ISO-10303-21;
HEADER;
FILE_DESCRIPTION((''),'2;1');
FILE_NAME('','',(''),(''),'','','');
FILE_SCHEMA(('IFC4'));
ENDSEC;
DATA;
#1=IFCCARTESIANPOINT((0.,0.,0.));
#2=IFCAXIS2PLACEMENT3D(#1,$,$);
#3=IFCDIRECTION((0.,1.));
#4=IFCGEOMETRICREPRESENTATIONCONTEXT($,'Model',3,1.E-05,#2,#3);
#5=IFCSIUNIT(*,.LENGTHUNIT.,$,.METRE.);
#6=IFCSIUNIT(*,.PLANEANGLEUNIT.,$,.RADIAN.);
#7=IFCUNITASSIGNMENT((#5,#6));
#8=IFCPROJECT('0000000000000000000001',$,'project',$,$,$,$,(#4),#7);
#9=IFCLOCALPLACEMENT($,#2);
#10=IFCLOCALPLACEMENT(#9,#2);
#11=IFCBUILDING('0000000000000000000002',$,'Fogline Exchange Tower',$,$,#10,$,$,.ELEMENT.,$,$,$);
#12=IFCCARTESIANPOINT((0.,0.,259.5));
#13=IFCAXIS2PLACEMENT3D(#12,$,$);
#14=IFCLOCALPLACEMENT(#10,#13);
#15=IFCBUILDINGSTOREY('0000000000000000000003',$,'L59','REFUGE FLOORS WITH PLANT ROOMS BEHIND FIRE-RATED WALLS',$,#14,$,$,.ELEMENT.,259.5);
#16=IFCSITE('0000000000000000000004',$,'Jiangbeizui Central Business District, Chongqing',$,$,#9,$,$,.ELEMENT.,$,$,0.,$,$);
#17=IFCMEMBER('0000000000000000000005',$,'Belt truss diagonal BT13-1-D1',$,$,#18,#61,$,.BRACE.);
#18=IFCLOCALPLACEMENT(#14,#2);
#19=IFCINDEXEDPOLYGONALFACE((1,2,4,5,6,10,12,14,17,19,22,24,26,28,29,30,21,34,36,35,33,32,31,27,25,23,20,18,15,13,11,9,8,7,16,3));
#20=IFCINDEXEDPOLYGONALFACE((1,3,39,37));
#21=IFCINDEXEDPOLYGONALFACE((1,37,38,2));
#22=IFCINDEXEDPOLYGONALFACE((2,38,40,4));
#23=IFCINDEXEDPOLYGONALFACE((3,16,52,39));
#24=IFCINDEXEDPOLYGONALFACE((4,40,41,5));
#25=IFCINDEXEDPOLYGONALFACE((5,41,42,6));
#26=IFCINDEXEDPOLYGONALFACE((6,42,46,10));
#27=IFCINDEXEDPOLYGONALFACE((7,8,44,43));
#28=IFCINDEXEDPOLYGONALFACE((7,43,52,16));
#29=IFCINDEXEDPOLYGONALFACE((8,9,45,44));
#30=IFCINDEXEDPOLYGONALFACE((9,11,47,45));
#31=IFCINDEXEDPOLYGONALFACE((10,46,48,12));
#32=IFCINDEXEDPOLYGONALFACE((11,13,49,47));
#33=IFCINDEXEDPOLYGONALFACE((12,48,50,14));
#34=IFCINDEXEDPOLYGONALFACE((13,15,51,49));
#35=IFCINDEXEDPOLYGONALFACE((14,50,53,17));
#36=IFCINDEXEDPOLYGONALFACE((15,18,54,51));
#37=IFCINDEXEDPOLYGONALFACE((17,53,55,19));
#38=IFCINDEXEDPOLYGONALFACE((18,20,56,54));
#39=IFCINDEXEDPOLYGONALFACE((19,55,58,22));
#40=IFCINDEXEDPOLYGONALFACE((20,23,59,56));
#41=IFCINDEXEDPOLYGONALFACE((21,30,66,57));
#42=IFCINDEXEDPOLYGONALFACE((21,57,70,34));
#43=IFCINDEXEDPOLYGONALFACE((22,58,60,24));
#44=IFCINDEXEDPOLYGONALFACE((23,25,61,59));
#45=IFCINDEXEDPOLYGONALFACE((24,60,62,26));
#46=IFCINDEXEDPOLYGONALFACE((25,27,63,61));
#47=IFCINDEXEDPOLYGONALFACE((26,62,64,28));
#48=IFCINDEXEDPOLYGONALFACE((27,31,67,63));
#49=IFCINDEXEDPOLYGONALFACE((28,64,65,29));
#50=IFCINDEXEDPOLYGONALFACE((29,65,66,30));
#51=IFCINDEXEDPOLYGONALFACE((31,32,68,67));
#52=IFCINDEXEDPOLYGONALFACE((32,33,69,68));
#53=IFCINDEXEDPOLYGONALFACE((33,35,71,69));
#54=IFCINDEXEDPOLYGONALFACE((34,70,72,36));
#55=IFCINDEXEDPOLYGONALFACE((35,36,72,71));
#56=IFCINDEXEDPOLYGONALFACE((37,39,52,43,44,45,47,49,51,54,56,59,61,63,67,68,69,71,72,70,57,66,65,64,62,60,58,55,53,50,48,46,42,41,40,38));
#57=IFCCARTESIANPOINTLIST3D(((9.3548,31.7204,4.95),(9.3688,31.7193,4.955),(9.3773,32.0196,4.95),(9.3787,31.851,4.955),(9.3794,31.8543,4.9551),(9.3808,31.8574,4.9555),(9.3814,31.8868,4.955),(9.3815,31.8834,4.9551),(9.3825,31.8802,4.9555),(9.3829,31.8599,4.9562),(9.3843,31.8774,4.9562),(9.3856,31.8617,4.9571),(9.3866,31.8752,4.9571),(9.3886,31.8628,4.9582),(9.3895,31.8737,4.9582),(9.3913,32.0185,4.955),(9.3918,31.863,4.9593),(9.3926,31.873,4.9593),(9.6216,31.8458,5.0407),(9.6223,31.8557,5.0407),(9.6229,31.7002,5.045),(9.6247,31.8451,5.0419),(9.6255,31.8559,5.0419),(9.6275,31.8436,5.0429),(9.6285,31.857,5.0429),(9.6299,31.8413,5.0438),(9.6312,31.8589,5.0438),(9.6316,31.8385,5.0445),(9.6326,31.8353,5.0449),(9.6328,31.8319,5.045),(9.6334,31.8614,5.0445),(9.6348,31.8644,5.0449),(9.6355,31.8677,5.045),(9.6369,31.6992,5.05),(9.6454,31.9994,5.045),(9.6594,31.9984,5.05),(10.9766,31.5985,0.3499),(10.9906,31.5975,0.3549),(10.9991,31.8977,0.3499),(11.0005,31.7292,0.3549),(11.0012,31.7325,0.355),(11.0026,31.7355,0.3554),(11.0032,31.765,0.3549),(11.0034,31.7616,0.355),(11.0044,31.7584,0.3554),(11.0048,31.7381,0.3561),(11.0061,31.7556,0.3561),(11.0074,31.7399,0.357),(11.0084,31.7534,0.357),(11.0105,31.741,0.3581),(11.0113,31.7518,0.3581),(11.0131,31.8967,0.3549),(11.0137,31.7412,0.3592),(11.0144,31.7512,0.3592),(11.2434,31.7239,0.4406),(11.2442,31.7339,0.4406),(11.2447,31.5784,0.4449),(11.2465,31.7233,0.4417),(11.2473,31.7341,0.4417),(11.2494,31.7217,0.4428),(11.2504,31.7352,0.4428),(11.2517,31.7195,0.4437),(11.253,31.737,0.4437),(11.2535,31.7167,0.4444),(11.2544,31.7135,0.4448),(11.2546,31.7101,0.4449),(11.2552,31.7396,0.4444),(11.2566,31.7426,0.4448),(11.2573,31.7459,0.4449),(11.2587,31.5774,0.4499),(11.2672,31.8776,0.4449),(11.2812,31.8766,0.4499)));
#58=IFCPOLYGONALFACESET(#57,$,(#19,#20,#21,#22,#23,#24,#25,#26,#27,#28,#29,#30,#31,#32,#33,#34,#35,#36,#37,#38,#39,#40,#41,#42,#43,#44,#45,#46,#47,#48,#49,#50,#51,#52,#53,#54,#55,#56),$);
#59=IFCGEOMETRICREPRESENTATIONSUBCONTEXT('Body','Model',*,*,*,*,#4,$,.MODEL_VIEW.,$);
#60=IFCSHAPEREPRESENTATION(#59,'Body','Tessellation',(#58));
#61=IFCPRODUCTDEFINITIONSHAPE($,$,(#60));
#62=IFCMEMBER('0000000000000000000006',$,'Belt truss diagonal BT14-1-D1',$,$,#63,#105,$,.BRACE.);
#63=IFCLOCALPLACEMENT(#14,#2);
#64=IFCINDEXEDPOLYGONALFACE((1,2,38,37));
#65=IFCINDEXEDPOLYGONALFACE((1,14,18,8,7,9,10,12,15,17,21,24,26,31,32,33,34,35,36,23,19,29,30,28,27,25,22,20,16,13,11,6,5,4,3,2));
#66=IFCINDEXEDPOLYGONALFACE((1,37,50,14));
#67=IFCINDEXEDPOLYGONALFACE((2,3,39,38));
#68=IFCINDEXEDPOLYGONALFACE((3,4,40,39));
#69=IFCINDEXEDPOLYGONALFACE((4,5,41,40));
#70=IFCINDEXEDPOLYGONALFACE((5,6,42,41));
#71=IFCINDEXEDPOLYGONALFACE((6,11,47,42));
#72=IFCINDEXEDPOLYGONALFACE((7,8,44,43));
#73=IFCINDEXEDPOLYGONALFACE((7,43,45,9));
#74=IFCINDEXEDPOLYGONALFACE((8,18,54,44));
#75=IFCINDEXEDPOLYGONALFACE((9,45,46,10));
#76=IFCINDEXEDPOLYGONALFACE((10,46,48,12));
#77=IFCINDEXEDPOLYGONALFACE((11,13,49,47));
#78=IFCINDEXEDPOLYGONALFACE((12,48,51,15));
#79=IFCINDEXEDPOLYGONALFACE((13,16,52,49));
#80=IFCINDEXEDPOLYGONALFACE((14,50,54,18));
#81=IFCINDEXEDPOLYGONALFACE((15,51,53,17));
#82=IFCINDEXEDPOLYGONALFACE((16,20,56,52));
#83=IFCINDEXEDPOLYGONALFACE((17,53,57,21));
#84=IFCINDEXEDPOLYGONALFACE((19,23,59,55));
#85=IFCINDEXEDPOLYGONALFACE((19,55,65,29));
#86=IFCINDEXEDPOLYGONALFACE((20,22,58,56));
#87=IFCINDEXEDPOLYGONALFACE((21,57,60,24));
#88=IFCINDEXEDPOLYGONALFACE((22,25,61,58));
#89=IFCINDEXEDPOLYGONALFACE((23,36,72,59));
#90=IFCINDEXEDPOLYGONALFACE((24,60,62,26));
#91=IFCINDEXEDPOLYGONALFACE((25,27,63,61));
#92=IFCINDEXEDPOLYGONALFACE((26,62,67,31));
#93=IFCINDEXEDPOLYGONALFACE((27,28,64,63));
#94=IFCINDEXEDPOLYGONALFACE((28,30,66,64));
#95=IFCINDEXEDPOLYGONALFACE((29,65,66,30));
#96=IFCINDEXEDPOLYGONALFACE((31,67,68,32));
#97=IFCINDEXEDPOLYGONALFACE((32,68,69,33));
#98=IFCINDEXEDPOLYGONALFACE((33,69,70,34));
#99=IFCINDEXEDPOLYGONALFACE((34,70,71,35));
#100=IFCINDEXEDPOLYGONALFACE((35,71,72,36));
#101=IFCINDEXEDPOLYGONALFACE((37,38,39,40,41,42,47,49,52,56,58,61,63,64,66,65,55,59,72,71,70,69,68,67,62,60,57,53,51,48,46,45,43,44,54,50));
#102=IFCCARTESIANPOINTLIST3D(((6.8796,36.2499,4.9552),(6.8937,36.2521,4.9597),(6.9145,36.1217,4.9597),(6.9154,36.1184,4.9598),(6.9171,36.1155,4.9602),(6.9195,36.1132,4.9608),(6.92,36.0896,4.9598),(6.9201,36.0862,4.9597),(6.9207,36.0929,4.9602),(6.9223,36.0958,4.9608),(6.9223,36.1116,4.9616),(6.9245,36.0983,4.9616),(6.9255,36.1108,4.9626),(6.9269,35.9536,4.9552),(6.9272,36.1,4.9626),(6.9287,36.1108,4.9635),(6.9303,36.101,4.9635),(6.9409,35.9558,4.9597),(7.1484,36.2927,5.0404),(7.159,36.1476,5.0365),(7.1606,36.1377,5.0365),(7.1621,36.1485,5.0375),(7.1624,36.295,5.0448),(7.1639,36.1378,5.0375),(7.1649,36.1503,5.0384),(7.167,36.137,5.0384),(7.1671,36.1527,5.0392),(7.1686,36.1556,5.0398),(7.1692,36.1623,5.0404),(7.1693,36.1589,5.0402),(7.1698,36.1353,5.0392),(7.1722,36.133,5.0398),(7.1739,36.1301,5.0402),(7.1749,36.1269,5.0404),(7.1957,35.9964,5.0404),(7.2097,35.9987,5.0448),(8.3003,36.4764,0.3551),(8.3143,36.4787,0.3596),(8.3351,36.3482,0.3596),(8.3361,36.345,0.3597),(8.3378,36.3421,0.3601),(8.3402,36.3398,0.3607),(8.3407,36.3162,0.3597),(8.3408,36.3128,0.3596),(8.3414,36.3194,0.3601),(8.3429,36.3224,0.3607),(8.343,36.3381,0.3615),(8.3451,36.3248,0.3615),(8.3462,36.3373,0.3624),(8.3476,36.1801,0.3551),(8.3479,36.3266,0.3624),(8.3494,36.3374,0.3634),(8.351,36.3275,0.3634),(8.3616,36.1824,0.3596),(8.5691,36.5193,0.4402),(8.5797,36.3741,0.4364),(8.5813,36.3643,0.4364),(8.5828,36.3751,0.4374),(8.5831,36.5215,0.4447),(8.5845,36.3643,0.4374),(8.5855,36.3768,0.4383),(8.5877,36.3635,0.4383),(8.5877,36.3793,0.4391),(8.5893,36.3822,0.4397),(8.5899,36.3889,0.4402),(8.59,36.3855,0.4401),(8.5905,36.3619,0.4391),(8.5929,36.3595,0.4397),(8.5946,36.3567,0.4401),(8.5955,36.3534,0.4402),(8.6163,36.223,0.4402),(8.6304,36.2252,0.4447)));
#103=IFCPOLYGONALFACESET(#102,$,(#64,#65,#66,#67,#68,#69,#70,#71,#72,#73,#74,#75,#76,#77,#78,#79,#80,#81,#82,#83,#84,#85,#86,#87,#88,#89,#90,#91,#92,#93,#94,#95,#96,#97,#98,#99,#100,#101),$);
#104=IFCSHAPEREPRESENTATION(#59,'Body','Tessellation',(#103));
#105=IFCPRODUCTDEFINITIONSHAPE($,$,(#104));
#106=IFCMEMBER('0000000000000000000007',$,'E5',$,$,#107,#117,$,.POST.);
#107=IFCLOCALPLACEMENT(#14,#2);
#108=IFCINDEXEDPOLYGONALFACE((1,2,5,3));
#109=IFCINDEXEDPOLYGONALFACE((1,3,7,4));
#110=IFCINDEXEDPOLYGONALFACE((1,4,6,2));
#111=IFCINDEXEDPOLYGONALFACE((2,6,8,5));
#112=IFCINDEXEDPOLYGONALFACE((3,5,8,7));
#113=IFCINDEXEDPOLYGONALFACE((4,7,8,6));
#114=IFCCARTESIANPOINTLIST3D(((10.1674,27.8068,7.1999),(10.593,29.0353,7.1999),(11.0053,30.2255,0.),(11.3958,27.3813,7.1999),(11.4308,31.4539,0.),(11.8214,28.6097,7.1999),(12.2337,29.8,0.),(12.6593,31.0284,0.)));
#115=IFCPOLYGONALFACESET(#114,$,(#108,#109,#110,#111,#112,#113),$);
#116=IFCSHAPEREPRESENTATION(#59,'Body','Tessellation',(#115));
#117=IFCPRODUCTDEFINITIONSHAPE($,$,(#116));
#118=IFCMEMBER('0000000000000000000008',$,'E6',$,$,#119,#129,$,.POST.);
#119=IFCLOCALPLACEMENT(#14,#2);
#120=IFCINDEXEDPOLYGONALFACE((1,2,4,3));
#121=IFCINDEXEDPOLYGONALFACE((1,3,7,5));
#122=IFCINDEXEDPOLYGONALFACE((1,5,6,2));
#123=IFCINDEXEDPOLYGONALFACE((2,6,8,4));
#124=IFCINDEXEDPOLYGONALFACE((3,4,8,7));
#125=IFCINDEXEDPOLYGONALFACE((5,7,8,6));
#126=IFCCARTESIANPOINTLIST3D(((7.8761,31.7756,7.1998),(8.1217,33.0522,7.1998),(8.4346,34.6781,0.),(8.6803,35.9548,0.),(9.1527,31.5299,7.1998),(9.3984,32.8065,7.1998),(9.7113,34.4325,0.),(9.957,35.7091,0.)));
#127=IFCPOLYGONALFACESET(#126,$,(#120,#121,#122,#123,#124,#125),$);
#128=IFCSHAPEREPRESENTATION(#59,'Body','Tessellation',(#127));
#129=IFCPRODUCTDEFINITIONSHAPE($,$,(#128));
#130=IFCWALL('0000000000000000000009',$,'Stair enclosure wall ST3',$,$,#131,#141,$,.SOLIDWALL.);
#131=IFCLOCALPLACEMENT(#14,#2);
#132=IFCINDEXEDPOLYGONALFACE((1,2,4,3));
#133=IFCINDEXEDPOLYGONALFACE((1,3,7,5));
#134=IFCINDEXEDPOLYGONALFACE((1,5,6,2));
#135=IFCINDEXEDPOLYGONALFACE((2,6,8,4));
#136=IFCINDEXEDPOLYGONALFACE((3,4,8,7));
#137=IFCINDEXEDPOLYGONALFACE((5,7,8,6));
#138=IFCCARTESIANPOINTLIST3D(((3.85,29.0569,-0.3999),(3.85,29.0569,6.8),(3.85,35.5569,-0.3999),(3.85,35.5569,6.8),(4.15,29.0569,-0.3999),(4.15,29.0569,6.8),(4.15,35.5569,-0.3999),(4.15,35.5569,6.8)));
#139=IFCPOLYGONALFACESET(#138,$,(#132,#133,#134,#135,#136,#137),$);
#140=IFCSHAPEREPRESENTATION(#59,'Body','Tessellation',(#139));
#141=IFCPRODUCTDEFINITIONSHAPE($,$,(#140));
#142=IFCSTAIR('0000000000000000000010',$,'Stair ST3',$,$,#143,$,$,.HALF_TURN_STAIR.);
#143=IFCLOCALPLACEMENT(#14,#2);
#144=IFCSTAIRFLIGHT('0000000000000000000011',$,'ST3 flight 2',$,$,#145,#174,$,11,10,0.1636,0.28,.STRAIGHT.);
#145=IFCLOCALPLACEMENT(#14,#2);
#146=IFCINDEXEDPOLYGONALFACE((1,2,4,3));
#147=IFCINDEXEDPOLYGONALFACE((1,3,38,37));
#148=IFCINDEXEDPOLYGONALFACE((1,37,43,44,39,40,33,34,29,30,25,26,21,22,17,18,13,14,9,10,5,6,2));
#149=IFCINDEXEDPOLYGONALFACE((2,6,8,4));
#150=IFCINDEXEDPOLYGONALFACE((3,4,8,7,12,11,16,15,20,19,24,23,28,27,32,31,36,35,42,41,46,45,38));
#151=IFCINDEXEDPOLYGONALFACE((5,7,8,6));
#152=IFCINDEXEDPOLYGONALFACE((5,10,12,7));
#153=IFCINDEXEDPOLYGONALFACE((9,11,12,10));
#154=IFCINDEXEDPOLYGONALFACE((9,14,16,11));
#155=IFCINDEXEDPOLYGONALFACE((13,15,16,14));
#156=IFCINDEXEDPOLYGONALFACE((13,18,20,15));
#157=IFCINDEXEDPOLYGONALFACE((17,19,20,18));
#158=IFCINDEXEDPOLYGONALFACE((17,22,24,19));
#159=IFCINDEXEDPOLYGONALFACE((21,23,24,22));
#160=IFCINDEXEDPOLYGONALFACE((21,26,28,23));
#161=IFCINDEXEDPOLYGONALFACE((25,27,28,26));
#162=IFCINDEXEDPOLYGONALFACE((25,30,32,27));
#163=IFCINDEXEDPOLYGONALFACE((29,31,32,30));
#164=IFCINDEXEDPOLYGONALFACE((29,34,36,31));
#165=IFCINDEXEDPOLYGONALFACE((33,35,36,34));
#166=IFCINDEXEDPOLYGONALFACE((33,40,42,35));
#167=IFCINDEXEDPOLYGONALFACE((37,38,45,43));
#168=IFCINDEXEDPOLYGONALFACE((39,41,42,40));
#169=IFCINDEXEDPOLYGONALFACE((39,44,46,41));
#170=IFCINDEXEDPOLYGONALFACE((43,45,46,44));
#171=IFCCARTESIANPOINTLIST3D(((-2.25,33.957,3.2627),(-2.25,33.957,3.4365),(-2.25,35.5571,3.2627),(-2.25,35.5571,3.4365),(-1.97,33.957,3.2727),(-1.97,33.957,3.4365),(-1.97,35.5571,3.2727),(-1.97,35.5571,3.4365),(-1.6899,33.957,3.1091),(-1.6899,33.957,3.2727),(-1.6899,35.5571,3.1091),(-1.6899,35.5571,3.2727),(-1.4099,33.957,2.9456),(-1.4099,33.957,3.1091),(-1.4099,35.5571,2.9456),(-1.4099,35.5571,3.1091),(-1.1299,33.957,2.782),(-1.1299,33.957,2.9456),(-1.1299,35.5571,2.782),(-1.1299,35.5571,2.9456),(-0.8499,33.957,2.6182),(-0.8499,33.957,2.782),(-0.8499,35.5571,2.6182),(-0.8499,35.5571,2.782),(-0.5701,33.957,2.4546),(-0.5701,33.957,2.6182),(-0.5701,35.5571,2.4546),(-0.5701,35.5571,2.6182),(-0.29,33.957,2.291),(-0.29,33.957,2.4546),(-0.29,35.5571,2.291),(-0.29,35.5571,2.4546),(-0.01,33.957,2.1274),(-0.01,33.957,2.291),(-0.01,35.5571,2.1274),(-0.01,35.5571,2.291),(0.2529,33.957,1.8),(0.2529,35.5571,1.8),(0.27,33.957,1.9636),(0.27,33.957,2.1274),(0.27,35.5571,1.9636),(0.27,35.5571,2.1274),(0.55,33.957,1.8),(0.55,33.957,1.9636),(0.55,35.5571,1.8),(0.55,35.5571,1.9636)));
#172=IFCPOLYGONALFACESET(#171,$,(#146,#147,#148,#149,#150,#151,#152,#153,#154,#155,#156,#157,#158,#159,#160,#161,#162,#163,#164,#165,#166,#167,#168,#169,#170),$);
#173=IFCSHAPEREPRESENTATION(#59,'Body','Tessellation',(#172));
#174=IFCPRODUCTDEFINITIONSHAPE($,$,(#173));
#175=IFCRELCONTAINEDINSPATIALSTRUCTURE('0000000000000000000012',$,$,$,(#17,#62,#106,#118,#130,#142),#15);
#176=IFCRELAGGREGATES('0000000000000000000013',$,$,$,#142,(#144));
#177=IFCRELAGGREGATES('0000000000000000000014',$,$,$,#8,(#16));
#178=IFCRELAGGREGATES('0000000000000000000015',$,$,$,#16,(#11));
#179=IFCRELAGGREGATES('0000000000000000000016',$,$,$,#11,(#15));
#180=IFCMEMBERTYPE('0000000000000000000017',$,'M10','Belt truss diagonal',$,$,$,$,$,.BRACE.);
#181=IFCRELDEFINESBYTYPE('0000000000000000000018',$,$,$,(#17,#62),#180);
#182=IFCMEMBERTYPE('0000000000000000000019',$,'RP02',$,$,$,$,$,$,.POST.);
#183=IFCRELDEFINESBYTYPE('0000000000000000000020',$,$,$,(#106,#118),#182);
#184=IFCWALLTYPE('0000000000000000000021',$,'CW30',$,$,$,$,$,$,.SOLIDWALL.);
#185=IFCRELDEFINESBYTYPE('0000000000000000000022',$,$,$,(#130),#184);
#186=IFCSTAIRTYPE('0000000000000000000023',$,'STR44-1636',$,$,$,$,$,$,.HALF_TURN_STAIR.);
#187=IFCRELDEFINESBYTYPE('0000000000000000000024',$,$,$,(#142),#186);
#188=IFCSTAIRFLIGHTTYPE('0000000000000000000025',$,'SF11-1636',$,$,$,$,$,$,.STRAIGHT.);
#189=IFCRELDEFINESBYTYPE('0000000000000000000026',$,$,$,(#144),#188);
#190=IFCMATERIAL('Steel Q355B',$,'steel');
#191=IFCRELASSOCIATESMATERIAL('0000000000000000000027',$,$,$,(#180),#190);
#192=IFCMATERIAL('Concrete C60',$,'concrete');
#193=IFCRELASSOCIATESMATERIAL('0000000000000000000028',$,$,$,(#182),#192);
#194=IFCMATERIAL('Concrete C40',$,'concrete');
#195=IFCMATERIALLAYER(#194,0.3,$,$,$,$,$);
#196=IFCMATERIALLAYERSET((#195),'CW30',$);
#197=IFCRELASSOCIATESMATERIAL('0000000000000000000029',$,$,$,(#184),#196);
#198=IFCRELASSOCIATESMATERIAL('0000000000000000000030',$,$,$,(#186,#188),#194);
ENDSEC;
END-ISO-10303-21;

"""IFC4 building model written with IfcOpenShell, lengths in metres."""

from ifc_helpers import new_model, si_unit, direction, frame, frame_2d, origin, origin_2d, place, context, subcontext, project, spatial, polyline, rectangle, i_section, outline, extrude, material, layer, layer_set, material_profile, profile_set, type_object, element, aggregate, save


model = new_model("IFC4")

# Units and contexts
model_context = context("Model", 3, precision=1e-05, world=origin(), true_north=direction((0.0, 1.0)))
body_context = subcontext(model_context, "Body", "Model", "MODEL_VIEW")
ifc_project = project(units=[si_unit("LENGTHUNIT", "METRE"), si_unit("PLANEANGLEUNIT", "RADIAN")], contexts=[model_context])

# Site, building, storey
site_placement = place(None, origin())
site = spatial("IfcSite", under=ifc_project, at=site_placement, Name="Jiangbeizui Central Business District, Chongqing", CompositionType="ELEMENT", RefElevation=0.0)
building_placement = place(site_placement, origin())
building = spatial("IfcBuilding", under=site, at=building_placement, Name="Fogline Exchange Tower", CompositionType="ELEMENT")
storey_placement = place(building_placement, frame((0.0, 0.0, 259.5)))
storey = spatial("IfcBuildingStorey", under=building, at=storey_placement, Name="L59", Description="REFUGE FLOORS WITH PLANT ROOMS BEHIND FIRE-RATED WALLS", CompositionType="ELEMENT", Elevation=259.5)

# Shared definitions
ifc_material_1 = material(Name="Concrete C40", Category="concrete")

# Members
ifc_material_2 = material(Name="Steel Q355B", Category="steel")
ifc_material_profile_1 = material_profile(ifc_material_2, i_section(OverallWidth=0.3, OverallDepth=0.3, WebThickness=0.01, FlangeThickness=0.0149, FilletRadius=0.0129, at=origin_2d()), Name="HW300X300X10X15")
ifc_profile_set_1 = profile_set([ifc_material_profile_1], Name="Steel Q355B")
member_type_1 = type_object("IfcMemberType", Name="M10", Description="Belt truss diagonal", PredefinedType="BRACE", material=ifc_profile_set_1)
member_1_placement = place(storey_placement, frame((11.1289, 31.7375, 0.3999), z_axis=(-0.3324, 0.024969, 0.942808), x_axis=(-0.074906, -0.997191, 0.0)))
element("IfcMember", 1, at=member_1_placement, inside=storey, type_object=member_type_1, Name="Belt truss diagonal BT13-1-D1", PredefinedType="BRACE", context=body_context, shape_type="SweptSolid", body=[
    extrude(i_section(OverallWidth=0.3, OverallDepth=0.3, WebThickness=0.01, FlangeThickness=0.0149, FilletRadius=0.0129, at=origin_2d()), origin(), (0.0, 0.0, 1.0), 4.8792),
])
member_2_placement = place(storey_placement, frame((8.4653, 36.3508, 0.3999), z_axis=(-0.294754, -0.047007, 0.954416), x_axis=(0.157487, -0.987521, 0.0)))
element("IfcMember", 2, at=member_2_placement, inside=storey, type_object=member_type_1, Name="Belt truss diagonal BT14-1-D1", PredefinedType="BRACE", context=body_context, shape_type="SweptSolid", body=[
    extrude(i_section(OverallWidth=0.3, OverallDepth=0.3, WebThickness=0.01, FlangeThickness=0.0149, FilletRadius=0.0129, at=origin_2d()), origin(), (0.0, 0.0, 1.0), 4.8198),
])
ifc_material_3 = material(Name="Concrete C60", Category="concrete")
ifc_material_profile_2 = material_profile(ifc_material_3, rectangle(XDim=1.3, YDim=1.3, at=origin_2d()), Name="RC 1300x1300")
ifc_profile_set_2 = profile_set([ifc_material_profile_2], Name="Concrete C60")
member_type_2 = type_object("IfcMemberType", Name="RP02", PredefinedType="POST", material=ifc_profile_set_2)
member_3_placement = place(storey_placement, frame((11.8323, 30.627, 0.0), z_axis=(0.0, 0.0, 1.0), x_axis=(0.944908, -0.327337, 0.0)))
element("IfcMember", 3, at=member_3_placement, inside=storey, type_object=member_type_2, Name="E5", PredefinedType="POST", context=body_context, shape_type="SweptSolid", body=[
    extrude(rectangle(XDim=1.3, YDim=1.3, at=origin_2d()), origin(), (0.0, -0.334979, 0.942225), 7.6414),
])
member_4_placement = place(storey_placement, frame((9.1958, 35.1936, 0.0), z_axis=(0.0, 0.0, 1.0), x_axis=(0.981981, -0.188979, 0.0)))
element("IfcMember", 4, at=member_4_placement, inside=storey, type_object=member_type_2, Name="E6", PredefinedType="POST", context=body_context, shape_type="SweptSolid", body=[
    extrude(rectangle(XDim=1.3, YDim=1.3, at=origin_2d()), origin(), (0.0, -0.379779, 0.925077), 7.783),
])

# Wall
ifc_layer_1 = layer(ifc_material_1, 0.3)
ifc_layer_set_1 = layer_set([ifc_layer_1], Name="CW30")
wall_type = type_object("IfcWallType", Name="CW30", PredefinedType="SOLIDWALL", material=ifc_layer_set_1)
wall_placement = place(storey_placement, frame((4.0, 29.0569, -0.3999), z_axis=(0.0, 0.0, 1.0), x_axis=(0.0, 1.0, 0.0)))
element("IfcWall", 5, at=wall_placement, inside=storey, type_object=wall_type, Name="Stair enclosure wall ST3", PredefinedType="SOLIDWALL", context=body_context, shape_type="SweptSolid", body=[
    extrude(rectangle(XDim=6.5, YDim=0.3, at=frame_2d((3.25, 0.0))), origin(), (0.0, 0.0, 1.0), 7.2),
])

# Stair, stair flight
stair_type = type_object("IfcStairType", Name="STR44-1636", PredefinedType="HALF_TURN_STAIR", material=ifc_material_1)
stair_placement = place(storey_placement, origin())
stair = element("IfcStair", 6, at=stair_placement, inside=storey, type_object=stair_type, Name="Stair ST3", PredefinedType="HALF_TURN_STAIR")
stair_flight_type = type_object("IfcStairFlightType", Name="SF11-1636", PredefinedType="STRAIGHT", material=ifc_material_1)
stair_flight_1_placement = place(storey_placement, frame((0.55, 34.7571, 1.8), z_axis=(0.0, 0.0, 1.0), x_axis=(-1.0, 0.0, 0.0)))
stair_flight_1 = element("IfcStairFlight", 7, at=stair_flight_1_placement, type_object=stair_flight_type, Name="ST3 flight 2", NumberOfRisers=11, NumberOfTreads=10, PredefinedType="STRAIGHT", RiserHeight=0.1636, TreadLength=0.28, context=body_context, shape_type="SweptSolid", body=[
    extrude(outline(polyline([(0.0, 0.0), (0.0, 0.1636), (0.28, 0.1636), (0.28, 0.3274), (0.5601, 0.3274), (0.5601, 0.491), (0.8401, 0.491), (0.8401, 0.6545), (1.1201, 0.6545), (1.1201, 0.8181), (1.3999, 0.8181), (1.3999, 0.9819), (1.6799, 0.9819), (1.6799, 1.1455), (1.96, 1.1455), (1.96, 1.3091), (2.24, 1.3091), (2.24, 1.4727), (2.52, 1.4727), (2.52, 1.6365), (2.8, 1.6365), (2.8, 1.8), (2.8, 1.4626), (0.2971, 0.0), (0.0, 0.0)])), frame((0.0, 0.8, 0.0), z_axis=(0.0, -1.0, 0.0), x_axis=(1.0, 0.0, 0.0)), (0.0, 0.0, 1.0), 1.6001),
])
aggregate(stair, [stair_flight_1])

save(model, "model.ifc")
